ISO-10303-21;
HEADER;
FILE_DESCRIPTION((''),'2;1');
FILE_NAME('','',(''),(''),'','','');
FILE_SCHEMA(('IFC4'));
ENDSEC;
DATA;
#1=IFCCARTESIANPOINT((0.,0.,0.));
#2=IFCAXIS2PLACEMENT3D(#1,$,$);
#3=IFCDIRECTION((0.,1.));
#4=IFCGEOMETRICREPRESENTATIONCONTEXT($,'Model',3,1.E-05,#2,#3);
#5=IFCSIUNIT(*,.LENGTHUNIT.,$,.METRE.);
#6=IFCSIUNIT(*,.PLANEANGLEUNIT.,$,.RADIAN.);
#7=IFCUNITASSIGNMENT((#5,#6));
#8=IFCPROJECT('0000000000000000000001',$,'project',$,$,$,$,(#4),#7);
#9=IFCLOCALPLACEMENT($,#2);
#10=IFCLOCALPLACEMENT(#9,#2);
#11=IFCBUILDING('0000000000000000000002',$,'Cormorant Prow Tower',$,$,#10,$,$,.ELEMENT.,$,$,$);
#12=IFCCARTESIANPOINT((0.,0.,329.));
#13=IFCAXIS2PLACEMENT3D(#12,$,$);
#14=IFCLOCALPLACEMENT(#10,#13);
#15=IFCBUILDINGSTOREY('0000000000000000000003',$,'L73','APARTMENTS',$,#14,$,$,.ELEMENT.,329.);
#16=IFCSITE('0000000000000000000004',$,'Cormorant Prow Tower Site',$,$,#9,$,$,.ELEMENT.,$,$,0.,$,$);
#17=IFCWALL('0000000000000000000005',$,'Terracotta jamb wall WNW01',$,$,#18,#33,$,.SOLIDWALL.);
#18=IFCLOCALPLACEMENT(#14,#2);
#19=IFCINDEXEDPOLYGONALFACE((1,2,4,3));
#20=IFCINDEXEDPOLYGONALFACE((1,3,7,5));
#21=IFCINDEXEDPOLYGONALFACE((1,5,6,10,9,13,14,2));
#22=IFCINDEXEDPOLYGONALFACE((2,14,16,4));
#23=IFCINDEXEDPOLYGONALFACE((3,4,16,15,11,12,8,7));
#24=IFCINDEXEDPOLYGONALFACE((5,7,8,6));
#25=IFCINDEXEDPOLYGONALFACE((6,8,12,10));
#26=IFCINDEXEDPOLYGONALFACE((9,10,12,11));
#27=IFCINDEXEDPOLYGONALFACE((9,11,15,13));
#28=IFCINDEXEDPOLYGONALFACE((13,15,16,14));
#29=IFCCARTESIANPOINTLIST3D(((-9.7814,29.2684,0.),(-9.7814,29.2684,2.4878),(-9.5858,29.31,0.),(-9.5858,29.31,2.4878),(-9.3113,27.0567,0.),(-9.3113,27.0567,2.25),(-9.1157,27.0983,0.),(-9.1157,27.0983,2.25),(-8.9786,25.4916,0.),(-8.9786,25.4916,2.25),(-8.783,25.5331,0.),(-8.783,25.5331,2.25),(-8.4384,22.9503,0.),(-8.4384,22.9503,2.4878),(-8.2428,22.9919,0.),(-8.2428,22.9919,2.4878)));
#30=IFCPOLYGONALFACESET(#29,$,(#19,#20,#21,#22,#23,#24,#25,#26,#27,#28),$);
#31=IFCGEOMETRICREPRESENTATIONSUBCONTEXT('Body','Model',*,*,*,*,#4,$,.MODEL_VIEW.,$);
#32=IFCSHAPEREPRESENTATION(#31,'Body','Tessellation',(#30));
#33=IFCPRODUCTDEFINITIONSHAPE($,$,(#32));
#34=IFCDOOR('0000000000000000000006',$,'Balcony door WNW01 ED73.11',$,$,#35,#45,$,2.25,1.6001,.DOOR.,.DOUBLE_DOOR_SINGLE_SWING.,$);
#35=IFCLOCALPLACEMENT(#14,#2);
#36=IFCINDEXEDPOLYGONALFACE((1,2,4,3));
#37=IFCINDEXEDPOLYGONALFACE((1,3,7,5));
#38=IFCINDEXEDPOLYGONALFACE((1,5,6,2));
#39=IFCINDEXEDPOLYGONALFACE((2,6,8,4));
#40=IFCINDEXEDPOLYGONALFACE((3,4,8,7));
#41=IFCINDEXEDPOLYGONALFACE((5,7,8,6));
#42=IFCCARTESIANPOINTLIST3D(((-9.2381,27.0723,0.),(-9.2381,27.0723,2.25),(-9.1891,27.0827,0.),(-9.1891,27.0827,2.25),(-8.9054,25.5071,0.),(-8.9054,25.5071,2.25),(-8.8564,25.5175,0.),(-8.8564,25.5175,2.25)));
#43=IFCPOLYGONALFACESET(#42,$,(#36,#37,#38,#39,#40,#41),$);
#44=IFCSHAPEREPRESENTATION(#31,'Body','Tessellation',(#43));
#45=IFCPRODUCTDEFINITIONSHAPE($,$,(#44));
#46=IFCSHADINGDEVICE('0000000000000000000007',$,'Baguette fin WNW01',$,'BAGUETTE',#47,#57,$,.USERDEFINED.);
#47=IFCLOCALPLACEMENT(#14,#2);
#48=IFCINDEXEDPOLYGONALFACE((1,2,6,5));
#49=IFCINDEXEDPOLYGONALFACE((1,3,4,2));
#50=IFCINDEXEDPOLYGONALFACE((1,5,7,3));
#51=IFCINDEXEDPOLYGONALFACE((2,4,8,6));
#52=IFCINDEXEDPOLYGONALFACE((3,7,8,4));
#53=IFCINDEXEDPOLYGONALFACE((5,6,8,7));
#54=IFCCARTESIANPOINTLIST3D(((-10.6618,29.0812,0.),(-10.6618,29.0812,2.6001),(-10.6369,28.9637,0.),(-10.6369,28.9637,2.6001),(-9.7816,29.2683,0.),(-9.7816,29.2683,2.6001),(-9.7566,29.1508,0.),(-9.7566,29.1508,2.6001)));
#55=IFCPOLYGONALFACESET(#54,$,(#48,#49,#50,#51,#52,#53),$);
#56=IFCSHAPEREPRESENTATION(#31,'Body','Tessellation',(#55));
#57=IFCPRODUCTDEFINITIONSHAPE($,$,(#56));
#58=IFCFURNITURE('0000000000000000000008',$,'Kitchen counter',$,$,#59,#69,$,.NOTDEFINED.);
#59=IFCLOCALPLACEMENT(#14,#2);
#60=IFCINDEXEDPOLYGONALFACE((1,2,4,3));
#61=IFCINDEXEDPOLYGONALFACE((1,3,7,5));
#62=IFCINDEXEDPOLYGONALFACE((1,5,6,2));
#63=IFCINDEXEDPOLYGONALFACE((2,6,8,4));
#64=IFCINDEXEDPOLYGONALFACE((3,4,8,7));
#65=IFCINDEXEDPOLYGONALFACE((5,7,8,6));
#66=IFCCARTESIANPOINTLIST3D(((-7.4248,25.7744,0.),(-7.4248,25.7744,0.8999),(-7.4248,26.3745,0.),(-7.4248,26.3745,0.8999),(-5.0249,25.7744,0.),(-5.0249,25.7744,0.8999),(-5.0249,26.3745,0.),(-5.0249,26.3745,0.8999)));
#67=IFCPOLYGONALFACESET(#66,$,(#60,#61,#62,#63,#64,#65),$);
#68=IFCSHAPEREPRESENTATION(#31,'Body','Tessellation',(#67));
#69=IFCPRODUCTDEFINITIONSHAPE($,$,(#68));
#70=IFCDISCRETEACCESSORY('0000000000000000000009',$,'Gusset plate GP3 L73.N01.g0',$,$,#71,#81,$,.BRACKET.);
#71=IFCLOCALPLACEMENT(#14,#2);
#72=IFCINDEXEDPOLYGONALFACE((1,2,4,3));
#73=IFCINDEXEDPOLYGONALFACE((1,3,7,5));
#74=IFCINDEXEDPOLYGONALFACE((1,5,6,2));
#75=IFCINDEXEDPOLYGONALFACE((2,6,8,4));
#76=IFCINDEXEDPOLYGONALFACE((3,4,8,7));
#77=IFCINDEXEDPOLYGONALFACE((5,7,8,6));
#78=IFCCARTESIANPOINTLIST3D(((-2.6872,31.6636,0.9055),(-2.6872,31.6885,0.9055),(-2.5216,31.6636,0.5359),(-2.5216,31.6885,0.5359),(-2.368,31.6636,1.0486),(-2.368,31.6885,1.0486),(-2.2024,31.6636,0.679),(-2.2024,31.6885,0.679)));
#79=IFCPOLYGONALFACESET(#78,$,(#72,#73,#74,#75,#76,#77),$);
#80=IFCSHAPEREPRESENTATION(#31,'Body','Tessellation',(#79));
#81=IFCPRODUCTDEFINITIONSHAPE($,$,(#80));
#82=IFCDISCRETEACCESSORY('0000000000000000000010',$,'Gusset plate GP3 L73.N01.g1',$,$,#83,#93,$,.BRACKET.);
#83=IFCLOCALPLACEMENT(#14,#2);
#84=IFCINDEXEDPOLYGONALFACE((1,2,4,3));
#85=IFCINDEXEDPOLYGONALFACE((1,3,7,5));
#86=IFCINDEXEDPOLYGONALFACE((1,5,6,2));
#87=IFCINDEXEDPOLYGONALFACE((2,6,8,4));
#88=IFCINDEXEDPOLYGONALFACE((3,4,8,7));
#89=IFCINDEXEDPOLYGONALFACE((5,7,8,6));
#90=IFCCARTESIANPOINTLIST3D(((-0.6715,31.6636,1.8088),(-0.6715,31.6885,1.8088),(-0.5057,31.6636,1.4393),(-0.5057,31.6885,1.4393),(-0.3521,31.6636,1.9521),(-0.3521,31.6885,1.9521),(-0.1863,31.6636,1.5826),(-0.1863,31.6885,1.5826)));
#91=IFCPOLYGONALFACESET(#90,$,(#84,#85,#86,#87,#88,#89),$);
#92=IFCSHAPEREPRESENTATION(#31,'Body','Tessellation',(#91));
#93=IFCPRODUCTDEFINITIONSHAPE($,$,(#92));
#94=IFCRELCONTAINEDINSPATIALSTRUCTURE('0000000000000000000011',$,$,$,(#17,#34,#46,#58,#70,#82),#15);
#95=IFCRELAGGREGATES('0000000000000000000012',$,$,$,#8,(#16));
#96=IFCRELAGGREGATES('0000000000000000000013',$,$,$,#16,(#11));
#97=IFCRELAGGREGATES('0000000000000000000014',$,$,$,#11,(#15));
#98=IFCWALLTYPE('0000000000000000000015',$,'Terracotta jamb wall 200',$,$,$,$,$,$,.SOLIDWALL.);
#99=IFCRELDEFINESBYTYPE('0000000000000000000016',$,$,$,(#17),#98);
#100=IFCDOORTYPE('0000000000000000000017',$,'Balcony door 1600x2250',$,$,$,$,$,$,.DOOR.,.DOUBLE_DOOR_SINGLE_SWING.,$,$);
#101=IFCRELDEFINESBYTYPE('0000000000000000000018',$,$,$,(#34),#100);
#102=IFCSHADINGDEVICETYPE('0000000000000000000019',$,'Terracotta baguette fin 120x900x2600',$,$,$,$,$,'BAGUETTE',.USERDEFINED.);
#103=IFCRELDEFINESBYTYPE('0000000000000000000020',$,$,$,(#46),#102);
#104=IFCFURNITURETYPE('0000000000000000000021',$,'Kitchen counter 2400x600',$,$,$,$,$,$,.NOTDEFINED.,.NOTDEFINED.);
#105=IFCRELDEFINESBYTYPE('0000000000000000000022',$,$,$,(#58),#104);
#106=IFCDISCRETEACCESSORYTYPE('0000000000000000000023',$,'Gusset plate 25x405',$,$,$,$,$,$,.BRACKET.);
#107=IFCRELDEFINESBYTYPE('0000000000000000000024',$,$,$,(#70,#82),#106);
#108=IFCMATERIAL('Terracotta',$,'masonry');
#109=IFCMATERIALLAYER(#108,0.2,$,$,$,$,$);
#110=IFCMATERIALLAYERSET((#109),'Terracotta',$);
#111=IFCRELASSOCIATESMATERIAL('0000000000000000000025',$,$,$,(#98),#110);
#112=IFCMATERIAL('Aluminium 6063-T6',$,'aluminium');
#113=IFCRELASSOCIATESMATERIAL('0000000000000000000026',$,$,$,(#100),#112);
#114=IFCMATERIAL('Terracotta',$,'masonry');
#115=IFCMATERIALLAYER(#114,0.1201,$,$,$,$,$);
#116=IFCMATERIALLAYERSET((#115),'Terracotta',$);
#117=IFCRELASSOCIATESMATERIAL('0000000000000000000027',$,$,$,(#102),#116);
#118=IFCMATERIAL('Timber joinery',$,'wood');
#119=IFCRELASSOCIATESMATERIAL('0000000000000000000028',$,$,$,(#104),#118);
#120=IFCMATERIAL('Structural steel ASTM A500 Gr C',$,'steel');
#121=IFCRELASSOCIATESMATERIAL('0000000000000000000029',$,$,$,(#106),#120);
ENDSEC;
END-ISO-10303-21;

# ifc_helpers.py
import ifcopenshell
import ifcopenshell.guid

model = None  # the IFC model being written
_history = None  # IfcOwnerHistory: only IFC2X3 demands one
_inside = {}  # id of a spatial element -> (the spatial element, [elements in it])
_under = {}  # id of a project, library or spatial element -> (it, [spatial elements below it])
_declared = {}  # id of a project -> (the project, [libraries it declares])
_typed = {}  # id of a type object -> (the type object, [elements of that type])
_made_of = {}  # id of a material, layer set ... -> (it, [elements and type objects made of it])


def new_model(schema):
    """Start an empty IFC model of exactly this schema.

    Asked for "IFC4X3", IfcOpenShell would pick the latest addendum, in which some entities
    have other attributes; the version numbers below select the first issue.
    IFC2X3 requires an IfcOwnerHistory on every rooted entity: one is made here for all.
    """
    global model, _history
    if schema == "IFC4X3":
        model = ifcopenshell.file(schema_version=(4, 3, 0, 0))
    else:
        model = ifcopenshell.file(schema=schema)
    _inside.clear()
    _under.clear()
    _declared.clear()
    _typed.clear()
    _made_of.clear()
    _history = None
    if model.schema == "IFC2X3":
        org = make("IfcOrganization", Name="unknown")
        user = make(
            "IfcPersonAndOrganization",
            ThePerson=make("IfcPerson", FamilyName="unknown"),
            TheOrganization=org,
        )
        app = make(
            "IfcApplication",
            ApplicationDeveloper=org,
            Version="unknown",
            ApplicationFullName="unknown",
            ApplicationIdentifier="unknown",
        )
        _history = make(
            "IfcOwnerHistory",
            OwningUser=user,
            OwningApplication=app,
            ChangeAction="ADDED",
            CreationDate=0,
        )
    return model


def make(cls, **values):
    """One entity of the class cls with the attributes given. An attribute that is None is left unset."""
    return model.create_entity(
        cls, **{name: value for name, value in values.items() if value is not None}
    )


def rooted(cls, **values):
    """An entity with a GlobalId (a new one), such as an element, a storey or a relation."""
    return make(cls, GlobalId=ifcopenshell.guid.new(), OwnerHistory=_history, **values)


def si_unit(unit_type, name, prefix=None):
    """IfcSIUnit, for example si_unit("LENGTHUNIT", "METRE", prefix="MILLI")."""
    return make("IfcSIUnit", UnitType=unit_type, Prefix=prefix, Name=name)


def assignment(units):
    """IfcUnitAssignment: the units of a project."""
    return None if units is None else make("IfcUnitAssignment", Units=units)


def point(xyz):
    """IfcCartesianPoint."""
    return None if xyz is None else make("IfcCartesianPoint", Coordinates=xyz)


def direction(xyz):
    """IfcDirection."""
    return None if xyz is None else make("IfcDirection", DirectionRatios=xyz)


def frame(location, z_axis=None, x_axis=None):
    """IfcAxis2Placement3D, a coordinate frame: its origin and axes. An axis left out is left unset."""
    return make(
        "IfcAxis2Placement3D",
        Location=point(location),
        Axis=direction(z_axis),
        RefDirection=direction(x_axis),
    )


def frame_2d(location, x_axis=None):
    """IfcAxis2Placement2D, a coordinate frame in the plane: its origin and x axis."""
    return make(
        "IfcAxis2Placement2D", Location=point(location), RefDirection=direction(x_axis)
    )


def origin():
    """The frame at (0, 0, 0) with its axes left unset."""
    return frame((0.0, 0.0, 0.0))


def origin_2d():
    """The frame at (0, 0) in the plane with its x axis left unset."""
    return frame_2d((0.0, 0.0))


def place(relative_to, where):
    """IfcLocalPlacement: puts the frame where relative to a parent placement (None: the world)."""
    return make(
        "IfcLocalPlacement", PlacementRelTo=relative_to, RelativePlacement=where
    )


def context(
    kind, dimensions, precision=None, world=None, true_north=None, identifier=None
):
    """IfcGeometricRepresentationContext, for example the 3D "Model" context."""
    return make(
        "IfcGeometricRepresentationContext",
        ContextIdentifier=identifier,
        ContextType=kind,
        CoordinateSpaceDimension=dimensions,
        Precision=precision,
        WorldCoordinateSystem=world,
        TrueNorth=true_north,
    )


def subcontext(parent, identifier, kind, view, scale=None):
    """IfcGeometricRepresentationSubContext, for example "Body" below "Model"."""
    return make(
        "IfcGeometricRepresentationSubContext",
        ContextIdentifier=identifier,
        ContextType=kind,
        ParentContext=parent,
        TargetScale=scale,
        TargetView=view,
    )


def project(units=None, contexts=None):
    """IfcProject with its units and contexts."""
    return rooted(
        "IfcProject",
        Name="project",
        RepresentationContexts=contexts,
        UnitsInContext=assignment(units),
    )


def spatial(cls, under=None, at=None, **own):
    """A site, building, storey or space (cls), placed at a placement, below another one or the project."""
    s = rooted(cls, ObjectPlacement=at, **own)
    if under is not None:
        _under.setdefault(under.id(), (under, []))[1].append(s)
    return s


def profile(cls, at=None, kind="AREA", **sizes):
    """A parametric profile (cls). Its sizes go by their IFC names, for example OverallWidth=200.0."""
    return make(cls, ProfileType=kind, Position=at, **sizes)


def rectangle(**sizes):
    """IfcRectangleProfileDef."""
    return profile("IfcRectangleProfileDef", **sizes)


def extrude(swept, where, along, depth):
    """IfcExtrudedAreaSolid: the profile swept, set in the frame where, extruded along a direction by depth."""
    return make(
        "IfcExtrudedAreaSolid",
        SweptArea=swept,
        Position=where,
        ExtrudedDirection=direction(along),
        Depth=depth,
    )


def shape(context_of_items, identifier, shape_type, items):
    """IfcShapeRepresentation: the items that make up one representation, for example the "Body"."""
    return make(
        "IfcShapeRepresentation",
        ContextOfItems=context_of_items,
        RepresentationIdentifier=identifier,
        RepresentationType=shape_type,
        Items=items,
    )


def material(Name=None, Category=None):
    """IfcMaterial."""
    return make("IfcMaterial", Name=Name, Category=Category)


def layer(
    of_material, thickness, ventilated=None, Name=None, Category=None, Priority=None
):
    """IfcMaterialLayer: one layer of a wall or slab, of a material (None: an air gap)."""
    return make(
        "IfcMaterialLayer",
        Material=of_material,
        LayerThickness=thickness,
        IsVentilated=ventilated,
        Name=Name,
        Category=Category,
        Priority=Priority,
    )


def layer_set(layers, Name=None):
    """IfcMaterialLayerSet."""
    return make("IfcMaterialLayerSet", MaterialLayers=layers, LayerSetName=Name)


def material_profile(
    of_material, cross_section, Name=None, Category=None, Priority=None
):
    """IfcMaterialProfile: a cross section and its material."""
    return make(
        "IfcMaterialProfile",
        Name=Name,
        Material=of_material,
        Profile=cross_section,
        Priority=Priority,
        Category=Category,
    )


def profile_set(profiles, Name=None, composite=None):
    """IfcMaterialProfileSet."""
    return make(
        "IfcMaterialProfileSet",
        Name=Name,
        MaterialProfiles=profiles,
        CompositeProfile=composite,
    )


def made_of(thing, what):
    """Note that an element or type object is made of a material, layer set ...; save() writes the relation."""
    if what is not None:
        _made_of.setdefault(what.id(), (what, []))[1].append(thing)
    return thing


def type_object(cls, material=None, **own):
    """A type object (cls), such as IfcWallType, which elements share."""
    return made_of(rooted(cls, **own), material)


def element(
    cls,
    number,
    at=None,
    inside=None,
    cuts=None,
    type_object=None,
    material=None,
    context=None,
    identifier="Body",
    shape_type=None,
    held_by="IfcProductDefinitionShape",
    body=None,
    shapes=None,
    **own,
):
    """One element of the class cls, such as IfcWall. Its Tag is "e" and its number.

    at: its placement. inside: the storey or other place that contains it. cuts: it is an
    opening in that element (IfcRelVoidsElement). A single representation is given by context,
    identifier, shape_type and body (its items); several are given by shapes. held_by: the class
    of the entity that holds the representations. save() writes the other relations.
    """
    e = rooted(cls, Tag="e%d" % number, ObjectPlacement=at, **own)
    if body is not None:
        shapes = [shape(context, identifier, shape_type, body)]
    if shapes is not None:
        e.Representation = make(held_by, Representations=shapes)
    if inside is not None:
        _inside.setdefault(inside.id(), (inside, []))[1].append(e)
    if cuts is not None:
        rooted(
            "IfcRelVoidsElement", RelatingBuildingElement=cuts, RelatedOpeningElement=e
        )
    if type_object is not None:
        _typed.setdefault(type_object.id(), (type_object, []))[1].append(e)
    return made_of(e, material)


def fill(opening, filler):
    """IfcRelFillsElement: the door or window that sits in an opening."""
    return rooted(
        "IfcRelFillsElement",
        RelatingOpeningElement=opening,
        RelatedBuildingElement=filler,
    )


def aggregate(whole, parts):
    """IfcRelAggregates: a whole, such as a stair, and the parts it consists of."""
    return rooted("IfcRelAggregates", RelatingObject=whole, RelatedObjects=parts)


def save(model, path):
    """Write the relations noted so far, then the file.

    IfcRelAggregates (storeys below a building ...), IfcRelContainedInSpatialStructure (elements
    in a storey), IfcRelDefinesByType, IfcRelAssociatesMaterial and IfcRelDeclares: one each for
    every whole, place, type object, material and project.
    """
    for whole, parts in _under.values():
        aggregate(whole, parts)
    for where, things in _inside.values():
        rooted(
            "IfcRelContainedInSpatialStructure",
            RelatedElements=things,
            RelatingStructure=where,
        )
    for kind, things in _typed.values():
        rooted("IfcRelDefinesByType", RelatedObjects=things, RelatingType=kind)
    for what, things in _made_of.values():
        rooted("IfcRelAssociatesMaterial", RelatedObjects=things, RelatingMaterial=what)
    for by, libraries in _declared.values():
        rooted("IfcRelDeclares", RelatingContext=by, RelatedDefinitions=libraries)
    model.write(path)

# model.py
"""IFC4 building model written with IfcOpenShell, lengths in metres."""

from ifc_helpers import new_model, si_unit, direction, frame, frame_2d, origin, origin_2d, place, context, subcontext, project, spatial, rectangle, extrude, material, layer, layer_set, material_profile, profile_set, type_object, element, fill, save


model = new_model("IFC4")

# Units and contexts
model_context = context("Model", 3, precision=1e-05, world=origin(), true_north=direction((0.0, 1.0)))
body_context = subcontext(model_context, "Body", "Model", "MODEL_VIEW")
ifc_project = project(units=[si_unit("LENGTHUNIT", "METRE"), si_unit("PLANEANGLEUNIT", "RADIAN")], contexts=[model_context])

# Site, building, storey
site_placement = place(None, origin())
site = spatial("IfcSite", under=ifc_project, at=site_placement, Name="Cormorant Prow Tower Site", CompositionType="ELEMENT", RefElevation=0.0)
building_placement = place(site_placement, origin())
building = spatial("IfcBuilding", under=site, at=building_placement, Name="Cormorant Prow Tower", CompositionType="ELEMENT")
storey_placement = place(building_placement, frame((0.0, 0.0, 329.0)))
storey = spatial("IfcBuildingStorey", under=building, at=storey_placement, Name="L73", Description="APARTMENTS", CompositionType="ELEMENT", Elevation=329.0)

# Wall, opening, door
ifc_material_1 = material(Name="Terracotta", Category="masonry")
ifc_layer_1 = layer(ifc_material_1, 0.2)
ifc_layer_set_1 = layer_set([ifc_layer_1], Name="Terracotta")
wall_type_1 = type_object("IfcWallType", Name="Terracotta jamb wall 200", PredefinedType="SOLIDWALL", material=ifc_layer_set_1)
wall_1_placement = place(storey_placement, frame((-9.6836, 29.2891, 0.0), z_axis=(0.0, 0.0, 1.0), x_axis=(0.207921, -0.978146, 0.0)))
wall_1 = element("IfcWall", 1, at=wall_1_placement, inside=storey, type_object=wall_type_1, Name="Terracotta jamb wall WNW01", PredefinedType="SOLIDWALL", context=body_context, shape_type="SweptSolid", body=[
    extrude(rectangle(XDim=6.4592, YDim=0.2, at=frame_2d((3.2295, 0.0))), origin(), (0.0, 0.0, 1.0), 2.4878),
])
opening_1_placement = place(wall_1_placement, frame((2.261, 0.0, 0.0)))
opening_1 = element("IfcOpeningElement", 2, at=opening_1_placement, cuts=wall_1, PredefinedType="OPENING", context=body_context, shape_type="SweptSolid", body=[
    extrude(rectangle(XDim=1.6001, YDim=2.25, at=frame_2d((0.8, 1.125))), frame((0.0, 0.1099, 0.0), z_axis=(0.0, -1.0, 0.0), x_axis=(1.0, 0.0, 0.0)), (0.0, 0.0, 1.0), 0.22),
])
ifc_material_2 = material(Name="Aluminium 6063-T6", Category="aluminium")
door_type_1 = type_object("IfcDoorType", Name="Balcony door 1600x2250", OperationType="DOUBLE_DOOR_SINGLE_SWING", PredefinedType="DOOR", material=ifc_material_2)
door_1_placement = place(opening_1_placement, origin())
door_1 = element("IfcDoor", 3, at=door_1_placement, inside=storey, type_object=door_type_1, Name="Balcony door WNW01 ED73.11", OperationType="DOUBLE_DOOR_SINGLE_SWING", OverallHeight=2.25, OverallWidth=1.6001, PredefinedType="DOOR", context=body_context, shape_type="SweptSolid", body=[
    extrude(rectangle(XDim=1.6001, YDim=2.25, at=frame_2d((0.8, 1.125))), frame((0.0, 0.0249, 0.0), z_axis=(0.0, -1.0, 0.0), x_axis=(1.0, 0.0, 0.0)), (0.0, 0.0, 1.0), 0.05),
])
fill(opening_1, door_1)

# Shading device
ifc_material_3 = material(Name="Terracotta", Category="masonry")
ifc_layer_2 = layer(ifc_material_3, 0.1201)
ifc_layer_set_2 = layer_set([ifc_layer_2], Name="Terracotta")
shading_device_type = type_object("IfcShadingDeviceType", Name="Terracotta baguette fin 120x900x2600", ElementType="BAGUETTE", PredefinedType="USERDEFINED", material=ifc_layer_set_2)
shading_device_placement = place(storey_placement, frame((-10.2092, 29.116, 0.0), z_axis=(0.0, 0.0, 1.0), x_axis=(0.207912, -0.978148, 0.0)))
element("IfcShadingDevice", 4, at=shading_device_placement, inside=storey, type_object=shading_device_type, Name="Baguette fin WNW01", ObjectType="BAGUETTE", PredefinedType="USERDEFINED", context=body_context, shape_type="SweptSolid", body=[
    extrude(rectangle(XDim=0.1201, YDim=0.8999, at=origin_2d()), origin(), (0.0, 0.0, 1.0), 2.6001),
])

# Furniture
ifc_material_4 = material(Name="Timber joinery", Category="wood")
furniture_type = type_object("IfcFurnitureType", Name="Kitchen counter 2400x600", AssemblyPlace="NOTDEFINED", PredefinedType="NOTDEFINED", material=ifc_material_4)
furniture_placement = place(storey_placement, frame((-6.2249, 26.0745, 0.0), z_axis=(0.0, 0.0, 1.0), x_axis=(1.0, 0.0, 0.0)))
element("IfcFurniture", 5, at=furniture_placement, inside=storey, type_object=furniture_type, Name="Kitchen counter", PredefinedType="NOTDEFINED", context=body_context, shape_type="SweptSolid", body=[
    extrude(rectangle(XDim=2.3999, YDim=0.6001, at=origin_2d()), origin(), (0.0, 0.0, 1.0), 0.8999),
])

# Discrete accessories
ifc_material_5 = material(Name="Structural steel ASTM A500 Gr C", Category="steel")
ifc_material_profile_1 = material_profile(ifc_material_5, rectangle(XDim=0.0249, YDim=0.405, at=origin_2d()), Name="Gusset plate 25x405")
ifc_profile_set_1 = profile_set([ifc_material_profile_1], Name="Structural steel ASTM A500 Gr C")
discrete_accessory_type = type_object("IfcDiscreteAccessoryType", Name="Gusset plate 25x405", PredefinedType="BRACKET", material=ifc_profile_set_1)
discrete_accessory_1_placement = place(storey_placement, frame((-2.2852, 31.676, 0.8638), z_axis=(-0.912599, 0.0, -0.408856), x_axis=(0.0, -1.0, 0.0)))
element("IfcDiscreteAccessory", 6, at=discrete_accessory_1_placement, inside=storey, type_object=discrete_accessory_type, Name="Gusset plate GP3 L73.N01.g0", PredefinedType="BRACKET", context=body_context, shape_type="SweptSolid", body=[
    extrude(rectangle(XDim=0.0249, YDim=0.405, at=origin_2d()), origin(), (0.0, 0.0, 1.0), 0.3499),
])
discrete_accessory_2_placement = place(storey_placement, frame((-0.5886, 31.676, 1.624), z_axis=(0.912339, 0.0, 0.409436), x_axis=(0.0, 1.0, 0.0)))
element("IfcDiscreteAccessory", 7, at=discrete_accessory_2_placement, inside=storey, type_object=discrete_accessory_type, Name="Gusset plate GP3 L73.N01.g1", PredefinedType="BRACKET", context=body_context, shape_type="SweptSolid", body=[
    extrude(rectangle(XDim=0.0249, YDim=0.405, at=origin_2d()), origin(), (0.0, 0.0, 1.0), 0.3501),
])

save(model, "model.ifc")
